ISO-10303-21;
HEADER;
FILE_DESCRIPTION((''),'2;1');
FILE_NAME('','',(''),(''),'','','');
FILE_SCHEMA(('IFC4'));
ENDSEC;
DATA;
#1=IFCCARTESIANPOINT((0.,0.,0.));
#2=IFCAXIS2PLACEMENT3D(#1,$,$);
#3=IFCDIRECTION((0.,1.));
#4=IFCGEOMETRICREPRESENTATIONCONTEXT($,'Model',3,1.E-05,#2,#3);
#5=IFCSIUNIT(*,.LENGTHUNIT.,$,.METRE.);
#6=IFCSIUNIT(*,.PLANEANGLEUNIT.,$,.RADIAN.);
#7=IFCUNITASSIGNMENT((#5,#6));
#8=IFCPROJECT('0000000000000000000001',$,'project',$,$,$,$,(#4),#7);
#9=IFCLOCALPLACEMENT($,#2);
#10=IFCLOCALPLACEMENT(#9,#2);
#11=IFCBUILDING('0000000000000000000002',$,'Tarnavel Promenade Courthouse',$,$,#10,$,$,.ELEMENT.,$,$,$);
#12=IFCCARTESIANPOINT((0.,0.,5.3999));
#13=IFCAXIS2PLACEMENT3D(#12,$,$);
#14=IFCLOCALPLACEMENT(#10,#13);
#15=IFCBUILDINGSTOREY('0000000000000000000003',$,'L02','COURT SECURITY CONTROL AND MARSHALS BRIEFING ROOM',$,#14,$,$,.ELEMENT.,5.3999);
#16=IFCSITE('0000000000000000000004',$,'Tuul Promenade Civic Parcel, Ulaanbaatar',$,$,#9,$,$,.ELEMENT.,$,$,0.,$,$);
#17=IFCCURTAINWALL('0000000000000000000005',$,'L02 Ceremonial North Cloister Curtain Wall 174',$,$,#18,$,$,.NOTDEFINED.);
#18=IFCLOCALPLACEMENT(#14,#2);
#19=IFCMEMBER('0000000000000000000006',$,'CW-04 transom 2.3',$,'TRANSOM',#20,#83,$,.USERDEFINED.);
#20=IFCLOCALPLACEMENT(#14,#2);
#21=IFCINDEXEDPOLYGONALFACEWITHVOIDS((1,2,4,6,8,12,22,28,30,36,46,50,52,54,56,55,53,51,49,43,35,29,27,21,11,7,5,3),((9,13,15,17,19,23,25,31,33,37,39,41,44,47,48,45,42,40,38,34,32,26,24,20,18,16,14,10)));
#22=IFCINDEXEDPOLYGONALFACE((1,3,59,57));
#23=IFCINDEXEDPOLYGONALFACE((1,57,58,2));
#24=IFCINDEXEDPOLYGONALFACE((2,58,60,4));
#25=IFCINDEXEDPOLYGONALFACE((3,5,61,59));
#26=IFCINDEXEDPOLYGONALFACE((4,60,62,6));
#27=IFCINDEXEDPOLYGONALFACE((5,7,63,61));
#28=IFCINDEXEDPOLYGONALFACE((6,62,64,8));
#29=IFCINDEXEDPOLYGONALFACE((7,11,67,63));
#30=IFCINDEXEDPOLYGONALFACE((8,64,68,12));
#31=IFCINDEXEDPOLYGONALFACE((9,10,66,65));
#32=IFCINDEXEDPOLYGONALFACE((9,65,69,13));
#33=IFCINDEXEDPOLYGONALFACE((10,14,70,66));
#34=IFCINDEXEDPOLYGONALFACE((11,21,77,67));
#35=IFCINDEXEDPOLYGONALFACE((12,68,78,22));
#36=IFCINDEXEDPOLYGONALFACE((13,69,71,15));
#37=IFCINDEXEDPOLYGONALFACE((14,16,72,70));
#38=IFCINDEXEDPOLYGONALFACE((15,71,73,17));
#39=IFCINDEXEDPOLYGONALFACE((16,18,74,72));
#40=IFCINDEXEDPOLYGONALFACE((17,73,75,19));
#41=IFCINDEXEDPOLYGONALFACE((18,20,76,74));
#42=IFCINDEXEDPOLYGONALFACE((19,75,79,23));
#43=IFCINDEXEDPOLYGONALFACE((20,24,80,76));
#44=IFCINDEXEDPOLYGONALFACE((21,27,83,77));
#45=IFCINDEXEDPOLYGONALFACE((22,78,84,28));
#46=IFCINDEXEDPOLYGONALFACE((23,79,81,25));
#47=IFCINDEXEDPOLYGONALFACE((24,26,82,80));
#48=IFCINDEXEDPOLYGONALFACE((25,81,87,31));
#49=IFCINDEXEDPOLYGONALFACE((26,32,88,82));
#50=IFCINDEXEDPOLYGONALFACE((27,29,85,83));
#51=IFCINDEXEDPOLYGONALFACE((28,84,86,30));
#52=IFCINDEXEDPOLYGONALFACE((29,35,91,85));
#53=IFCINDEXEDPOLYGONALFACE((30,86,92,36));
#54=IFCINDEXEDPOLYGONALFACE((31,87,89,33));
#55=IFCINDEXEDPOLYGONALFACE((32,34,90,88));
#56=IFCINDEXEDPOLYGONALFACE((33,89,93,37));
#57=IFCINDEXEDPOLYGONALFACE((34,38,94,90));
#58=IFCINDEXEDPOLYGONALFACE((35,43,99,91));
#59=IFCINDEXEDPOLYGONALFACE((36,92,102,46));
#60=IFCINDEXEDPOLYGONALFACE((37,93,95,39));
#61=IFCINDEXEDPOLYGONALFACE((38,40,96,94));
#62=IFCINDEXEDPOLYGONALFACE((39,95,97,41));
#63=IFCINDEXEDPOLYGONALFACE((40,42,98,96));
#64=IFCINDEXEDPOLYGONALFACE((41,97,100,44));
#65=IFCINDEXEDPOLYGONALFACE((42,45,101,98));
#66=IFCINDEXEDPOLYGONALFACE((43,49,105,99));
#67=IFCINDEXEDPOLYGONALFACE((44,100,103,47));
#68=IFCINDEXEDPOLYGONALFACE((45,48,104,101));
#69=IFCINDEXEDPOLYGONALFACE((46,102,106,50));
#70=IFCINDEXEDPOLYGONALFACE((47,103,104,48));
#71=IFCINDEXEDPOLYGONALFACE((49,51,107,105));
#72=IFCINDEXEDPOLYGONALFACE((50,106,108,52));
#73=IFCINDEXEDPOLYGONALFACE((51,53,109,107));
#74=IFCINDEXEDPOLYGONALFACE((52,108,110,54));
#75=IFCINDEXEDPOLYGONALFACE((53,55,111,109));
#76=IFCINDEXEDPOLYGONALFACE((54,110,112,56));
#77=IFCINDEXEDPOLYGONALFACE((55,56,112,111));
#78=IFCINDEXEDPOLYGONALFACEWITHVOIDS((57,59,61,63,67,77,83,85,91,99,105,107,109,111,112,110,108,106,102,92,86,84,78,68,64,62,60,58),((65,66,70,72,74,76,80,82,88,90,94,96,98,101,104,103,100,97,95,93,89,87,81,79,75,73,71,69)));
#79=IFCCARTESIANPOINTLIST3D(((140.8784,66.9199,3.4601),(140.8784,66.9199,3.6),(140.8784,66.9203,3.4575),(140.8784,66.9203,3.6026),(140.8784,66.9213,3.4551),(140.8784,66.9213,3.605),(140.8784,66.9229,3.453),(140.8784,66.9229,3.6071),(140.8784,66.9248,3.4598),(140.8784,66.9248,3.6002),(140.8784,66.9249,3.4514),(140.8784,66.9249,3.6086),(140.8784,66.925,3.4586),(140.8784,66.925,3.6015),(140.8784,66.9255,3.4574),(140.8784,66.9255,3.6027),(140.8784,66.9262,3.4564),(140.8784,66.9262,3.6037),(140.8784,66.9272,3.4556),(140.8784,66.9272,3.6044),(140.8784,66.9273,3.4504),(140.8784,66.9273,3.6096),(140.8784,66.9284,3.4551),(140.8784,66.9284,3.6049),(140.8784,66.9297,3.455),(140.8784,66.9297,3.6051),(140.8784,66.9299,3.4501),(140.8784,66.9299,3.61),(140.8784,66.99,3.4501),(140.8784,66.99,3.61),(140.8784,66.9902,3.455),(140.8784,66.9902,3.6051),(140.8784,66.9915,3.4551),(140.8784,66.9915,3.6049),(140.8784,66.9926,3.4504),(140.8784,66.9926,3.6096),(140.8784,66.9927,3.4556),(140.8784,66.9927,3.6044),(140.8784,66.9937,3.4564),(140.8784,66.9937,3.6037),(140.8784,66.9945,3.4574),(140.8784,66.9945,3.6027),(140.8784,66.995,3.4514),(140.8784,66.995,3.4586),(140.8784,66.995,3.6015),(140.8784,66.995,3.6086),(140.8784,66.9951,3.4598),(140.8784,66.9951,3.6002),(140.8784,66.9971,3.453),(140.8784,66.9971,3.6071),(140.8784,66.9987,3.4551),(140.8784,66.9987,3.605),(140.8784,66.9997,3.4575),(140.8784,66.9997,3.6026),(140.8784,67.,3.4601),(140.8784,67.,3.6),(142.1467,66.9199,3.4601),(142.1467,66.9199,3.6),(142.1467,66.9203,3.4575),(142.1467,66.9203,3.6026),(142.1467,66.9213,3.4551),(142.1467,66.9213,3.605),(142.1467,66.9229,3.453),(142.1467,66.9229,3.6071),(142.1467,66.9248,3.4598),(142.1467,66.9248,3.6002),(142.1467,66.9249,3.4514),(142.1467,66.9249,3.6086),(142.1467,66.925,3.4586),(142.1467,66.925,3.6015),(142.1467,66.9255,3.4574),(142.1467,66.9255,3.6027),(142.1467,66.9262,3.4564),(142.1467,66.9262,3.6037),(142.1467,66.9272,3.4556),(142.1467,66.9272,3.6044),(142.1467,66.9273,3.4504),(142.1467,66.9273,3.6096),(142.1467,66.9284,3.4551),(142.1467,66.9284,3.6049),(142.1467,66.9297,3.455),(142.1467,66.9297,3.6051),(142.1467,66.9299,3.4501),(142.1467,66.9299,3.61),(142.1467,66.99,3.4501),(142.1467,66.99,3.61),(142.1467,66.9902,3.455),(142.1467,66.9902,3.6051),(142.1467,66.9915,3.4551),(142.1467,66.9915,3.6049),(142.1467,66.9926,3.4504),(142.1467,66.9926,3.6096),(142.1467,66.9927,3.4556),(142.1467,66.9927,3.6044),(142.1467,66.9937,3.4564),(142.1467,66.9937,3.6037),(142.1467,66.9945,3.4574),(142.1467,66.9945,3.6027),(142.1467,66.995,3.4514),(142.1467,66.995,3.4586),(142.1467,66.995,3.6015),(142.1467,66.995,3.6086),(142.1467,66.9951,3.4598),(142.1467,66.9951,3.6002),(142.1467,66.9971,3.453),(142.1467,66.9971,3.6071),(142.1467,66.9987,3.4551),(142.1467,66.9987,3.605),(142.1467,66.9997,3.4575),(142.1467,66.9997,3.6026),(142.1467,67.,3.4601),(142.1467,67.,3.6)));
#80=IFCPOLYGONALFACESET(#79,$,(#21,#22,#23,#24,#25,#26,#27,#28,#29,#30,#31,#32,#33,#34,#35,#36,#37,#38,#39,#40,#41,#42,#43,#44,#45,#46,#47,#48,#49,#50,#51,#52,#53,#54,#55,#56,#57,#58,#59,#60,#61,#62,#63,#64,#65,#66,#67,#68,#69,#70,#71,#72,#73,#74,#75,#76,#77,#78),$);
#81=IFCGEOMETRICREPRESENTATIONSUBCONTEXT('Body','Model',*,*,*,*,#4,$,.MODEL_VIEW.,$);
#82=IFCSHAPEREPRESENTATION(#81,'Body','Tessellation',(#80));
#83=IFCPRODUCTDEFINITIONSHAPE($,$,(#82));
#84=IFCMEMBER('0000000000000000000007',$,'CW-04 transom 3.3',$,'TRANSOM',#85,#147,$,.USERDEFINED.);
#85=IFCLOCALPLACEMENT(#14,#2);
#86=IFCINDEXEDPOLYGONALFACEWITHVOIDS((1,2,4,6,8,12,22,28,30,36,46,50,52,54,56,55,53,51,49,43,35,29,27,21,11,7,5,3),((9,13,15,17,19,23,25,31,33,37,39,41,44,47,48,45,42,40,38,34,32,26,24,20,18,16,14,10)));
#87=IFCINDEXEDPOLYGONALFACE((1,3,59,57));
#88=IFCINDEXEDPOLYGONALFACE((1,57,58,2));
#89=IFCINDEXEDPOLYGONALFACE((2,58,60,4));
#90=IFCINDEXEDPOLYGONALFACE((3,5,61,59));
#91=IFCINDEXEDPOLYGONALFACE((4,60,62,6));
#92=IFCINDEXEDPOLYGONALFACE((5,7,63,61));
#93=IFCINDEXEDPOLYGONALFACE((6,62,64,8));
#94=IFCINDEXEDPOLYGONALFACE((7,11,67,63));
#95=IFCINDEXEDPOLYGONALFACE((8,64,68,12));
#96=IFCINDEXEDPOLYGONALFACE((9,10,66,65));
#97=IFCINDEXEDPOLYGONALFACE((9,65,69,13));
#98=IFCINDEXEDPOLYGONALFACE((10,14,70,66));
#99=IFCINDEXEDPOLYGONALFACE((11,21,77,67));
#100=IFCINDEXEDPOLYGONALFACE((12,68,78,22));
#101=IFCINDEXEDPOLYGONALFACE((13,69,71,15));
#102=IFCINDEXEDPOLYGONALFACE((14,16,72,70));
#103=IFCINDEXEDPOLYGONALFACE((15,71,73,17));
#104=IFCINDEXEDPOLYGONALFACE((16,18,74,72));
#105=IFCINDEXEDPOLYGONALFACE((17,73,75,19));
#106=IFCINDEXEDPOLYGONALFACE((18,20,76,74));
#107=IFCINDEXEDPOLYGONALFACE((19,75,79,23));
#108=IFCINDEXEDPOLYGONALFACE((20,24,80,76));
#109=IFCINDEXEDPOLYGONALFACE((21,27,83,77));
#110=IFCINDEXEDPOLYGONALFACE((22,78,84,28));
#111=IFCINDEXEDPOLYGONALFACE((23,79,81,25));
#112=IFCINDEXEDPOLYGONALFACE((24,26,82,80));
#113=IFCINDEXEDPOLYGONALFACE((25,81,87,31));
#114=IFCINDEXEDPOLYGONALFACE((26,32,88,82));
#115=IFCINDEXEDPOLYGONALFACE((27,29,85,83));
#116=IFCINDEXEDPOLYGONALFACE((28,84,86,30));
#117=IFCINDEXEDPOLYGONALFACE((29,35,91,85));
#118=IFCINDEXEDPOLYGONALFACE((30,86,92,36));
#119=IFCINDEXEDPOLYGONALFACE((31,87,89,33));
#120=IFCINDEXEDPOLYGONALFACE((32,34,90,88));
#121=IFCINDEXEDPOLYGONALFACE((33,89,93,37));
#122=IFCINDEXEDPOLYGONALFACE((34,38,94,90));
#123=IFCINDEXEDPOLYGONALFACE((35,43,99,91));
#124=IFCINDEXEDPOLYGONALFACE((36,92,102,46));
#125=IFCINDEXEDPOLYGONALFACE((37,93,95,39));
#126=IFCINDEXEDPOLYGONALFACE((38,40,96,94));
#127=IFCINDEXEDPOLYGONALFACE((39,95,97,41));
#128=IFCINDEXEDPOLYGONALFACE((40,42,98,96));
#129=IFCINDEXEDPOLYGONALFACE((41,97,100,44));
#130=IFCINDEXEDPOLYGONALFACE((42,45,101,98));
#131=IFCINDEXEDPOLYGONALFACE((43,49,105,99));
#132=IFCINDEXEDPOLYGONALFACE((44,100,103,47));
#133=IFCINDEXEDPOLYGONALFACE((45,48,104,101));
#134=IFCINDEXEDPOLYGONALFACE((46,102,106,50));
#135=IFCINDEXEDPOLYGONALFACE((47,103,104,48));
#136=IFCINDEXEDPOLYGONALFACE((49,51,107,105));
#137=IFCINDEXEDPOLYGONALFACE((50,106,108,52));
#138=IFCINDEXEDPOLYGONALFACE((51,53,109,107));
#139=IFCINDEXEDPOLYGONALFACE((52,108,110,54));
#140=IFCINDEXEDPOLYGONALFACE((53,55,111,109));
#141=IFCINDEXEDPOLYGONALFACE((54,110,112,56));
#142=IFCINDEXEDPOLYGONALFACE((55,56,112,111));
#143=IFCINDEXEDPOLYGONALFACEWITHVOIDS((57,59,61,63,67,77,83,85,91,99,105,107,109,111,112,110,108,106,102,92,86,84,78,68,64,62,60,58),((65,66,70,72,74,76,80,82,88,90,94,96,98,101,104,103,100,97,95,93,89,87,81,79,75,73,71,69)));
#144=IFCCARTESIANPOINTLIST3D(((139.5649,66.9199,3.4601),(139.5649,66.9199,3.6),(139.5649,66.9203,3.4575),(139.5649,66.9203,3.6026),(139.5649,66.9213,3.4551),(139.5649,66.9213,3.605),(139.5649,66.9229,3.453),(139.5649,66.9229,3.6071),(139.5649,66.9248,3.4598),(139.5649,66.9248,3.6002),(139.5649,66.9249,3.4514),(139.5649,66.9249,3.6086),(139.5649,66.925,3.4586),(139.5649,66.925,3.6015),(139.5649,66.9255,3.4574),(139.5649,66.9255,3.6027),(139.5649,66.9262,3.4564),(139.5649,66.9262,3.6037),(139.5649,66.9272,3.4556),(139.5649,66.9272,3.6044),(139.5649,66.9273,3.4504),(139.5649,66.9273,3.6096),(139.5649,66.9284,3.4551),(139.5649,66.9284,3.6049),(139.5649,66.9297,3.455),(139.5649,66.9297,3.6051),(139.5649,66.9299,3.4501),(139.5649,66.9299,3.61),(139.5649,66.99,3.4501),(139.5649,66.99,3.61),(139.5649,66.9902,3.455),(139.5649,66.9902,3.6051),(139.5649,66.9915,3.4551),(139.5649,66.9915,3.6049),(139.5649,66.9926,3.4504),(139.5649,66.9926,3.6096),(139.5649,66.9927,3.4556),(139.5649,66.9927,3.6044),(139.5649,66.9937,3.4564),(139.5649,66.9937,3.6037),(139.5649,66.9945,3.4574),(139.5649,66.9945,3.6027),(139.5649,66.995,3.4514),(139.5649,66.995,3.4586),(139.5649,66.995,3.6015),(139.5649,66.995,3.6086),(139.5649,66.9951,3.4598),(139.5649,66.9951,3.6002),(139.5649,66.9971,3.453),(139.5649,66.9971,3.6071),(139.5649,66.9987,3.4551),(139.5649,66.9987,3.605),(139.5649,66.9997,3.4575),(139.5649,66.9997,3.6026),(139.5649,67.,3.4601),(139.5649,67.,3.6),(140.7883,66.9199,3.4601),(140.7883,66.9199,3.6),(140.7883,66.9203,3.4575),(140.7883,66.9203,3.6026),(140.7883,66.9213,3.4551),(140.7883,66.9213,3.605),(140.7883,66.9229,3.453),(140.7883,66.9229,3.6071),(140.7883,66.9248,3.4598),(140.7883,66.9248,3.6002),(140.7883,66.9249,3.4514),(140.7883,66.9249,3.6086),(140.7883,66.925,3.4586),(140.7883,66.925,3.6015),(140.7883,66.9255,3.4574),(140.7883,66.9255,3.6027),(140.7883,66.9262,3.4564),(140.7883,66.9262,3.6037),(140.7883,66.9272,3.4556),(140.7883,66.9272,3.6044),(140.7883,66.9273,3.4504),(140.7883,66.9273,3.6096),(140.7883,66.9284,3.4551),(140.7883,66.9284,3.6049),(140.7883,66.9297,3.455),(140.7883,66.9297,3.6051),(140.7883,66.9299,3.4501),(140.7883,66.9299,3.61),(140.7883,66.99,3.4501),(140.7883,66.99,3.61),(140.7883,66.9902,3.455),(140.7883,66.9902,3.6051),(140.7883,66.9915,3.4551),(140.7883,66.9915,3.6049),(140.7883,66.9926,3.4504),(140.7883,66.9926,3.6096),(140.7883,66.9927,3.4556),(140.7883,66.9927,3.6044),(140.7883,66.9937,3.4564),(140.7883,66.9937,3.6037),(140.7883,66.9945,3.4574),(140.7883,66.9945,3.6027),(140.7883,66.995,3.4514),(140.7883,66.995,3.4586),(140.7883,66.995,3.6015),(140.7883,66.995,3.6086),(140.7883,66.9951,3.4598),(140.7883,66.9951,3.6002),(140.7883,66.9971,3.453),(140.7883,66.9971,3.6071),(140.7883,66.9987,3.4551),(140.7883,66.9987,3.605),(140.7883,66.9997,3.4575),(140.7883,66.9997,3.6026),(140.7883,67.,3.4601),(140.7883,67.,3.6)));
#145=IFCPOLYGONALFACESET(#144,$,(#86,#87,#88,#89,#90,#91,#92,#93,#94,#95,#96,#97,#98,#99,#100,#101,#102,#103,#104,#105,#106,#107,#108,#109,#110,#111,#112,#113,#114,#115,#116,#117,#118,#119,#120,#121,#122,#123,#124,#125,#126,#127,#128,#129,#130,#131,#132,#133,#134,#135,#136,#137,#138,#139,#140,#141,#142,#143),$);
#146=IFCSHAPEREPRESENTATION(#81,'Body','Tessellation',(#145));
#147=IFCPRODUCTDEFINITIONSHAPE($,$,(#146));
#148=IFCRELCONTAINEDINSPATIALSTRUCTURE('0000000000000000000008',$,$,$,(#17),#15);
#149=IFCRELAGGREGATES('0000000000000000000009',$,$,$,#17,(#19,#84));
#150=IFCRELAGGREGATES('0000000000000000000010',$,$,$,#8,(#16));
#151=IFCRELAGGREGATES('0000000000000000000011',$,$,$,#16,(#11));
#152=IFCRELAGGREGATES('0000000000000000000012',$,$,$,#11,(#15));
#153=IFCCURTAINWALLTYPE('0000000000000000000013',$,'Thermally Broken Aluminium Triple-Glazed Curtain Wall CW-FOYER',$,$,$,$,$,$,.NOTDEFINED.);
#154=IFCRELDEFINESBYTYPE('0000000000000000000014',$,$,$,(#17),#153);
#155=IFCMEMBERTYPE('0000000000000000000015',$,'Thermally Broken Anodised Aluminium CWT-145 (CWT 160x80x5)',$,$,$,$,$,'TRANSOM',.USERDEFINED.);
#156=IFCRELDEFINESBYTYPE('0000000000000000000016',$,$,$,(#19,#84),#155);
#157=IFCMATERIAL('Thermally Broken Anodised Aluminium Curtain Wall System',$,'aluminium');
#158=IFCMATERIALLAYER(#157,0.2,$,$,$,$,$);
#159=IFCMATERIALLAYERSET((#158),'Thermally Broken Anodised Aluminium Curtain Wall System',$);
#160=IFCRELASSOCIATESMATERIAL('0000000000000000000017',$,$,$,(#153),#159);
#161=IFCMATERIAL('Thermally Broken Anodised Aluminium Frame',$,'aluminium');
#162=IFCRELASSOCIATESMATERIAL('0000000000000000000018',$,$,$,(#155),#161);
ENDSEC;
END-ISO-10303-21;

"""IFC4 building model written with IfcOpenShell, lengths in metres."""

from ifc_helpers import new_model, si_unit, direction, frame, origin, origin_2d, place, context, subcontext, project, spatial, hollow_rectangle, extrude, material, layer, layer_set, material_profile, profile_set, type_object, element, aggregate, save


model = new_model("IFC4")

# Units and contexts
model_context = context("Model", 3, precision=1e-05, world=origin(), true_north=direction((0.0, 1.0)))
body_context = subcontext(model_context, "Body", "Model", "MODEL_VIEW")
ifc_project = project(units=[si_unit("LENGTHUNIT", "METRE"), si_unit("PLANEANGLEUNIT", "RADIAN")], contexts=[model_context])

# Site, building, storey
site_placement = place(None, origin())
site = spatial("IfcSite", under=ifc_project, at=site_placement, Name="Tuul Promenade Civic Parcel, Ulaanbaatar", CompositionType="ELEMENT", RefElevation=0.0)
building_placement = place(site_placement, origin())
building = spatial("IfcBuilding", under=site, at=building_placement, Name="Tarnavel Promenade Courthouse", CompositionType="ELEMENT")
storey_placement = place(building_placement, frame((0.0, 0.0, 5.3999)))
storey = spatial("IfcBuildingStorey", under=building, at=storey_placement, Name="L02", Description="COURT SECURITY CONTROL AND MARSHALS BRIEFING ROOM", CompositionType="ELEMENT", Elevation=5.3999)

# Curtain wall
ifc_material_1 = material(Name="Thermally Broken Anodised Aluminium Curtain Wall System", Category="aluminium")
ifc_layer_1 = layer(ifc_material_1, 0.2)
ifc_layer_set_1 = layer_set([ifc_layer_1], Name="Thermally Broken Anodised Aluminium Curtain Wall System")
curtain_wall_type = type_object("IfcCurtainWallType", Name="Thermally Broken Aluminium Triple-Glazed Curtain Wall CW-FOYER", PredefinedType="NOTDEFINED", material=ifc_layer_set_1)
curtain_wall_1_placement = place(storey_placement, origin())
curtain_wall_1 = element("IfcCurtainWall", 1, at=curtain_wall_1_placement, inside=storey, type_object=curtain_wall_type, Name="L02 Ceremonial North Cloister Curtain Wall 174", PredefinedType="NOTDEFINED")
ifc_material_2 = material(Name="Thermally Broken Anodised Aluminium Frame", Category="aluminium")

# Members
ifc_material_profile_1 = material_profile(ifc_material_2, hollow_rectangle(XDim=0.0801, YDim=0.1599, WallThickness=0.0049, InnerFilletRadius=0.0049, OuterFilletRadius=0.01, at=origin_2d()), Name="CWT 160x80x5")
ifc_profile_set_1 = profile_set([ifc_material_profile_1], Name="Thermally Broken Anodised Aluminium Frame")
member_type_1 = type_object("IfcMemberType", Name="Thermally Broken Anodised Aluminium CWT-145 (CWT 160x80x5)", ElementType="TRANSOM", PredefinedType="USERDEFINED", material=ifc_profile_set_1)
member_1_placement = place(storey_placement, frame((142.1467, 66.96, 3.53), z_axis=(-1.0, 0.0, 0.0), x_axis=(0.0, -1.0, 0.0)))
member_1 = element("IfcMember", 2, at=member_1_placement, type_object=member_type_1, Name="CW-04 transom 2.3", ObjectType="TRANSOM", PredefinedType="USERDEFINED", context=body_context, shape_type="SweptSolid", body=[
    extrude(hollow_rectangle(XDim=0.0801, YDim=0.1599, WallThickness=0.0049, InnerFilletRadius=0.0049, OuterFilletRadius=0.01, at=origin_2d()), origin(), (0.0, 0.0, 1.0), 1.2683),
])
member_2_placement = place(storey_placement, frame((140.7883, 66.96, 3.53), z_axis=(-1.0, 0.0, 0.0), x_axis=(0.0, -1.0, 0.0)))
member_2 = element("IfcMember", 3, at=member_2_placement, type_object=member_type_1, Name="CW-04 transom 3.3", ObjectType="TRANSOM", PredefinedType="USERDEFINED", context=body_context, shape_type="SweptSolid", body=[
    extrude(hollow_rectangle(XDim=0.0801, YDim=0.1599, WallThickness=0.0049, InnerFilletRadius=0.0049, OuterFilletRadius=0.01, at=origin_2d()), origin(), (0.0, 0.0, 1.0), 1.2234),
])

aggregate(curtain_wall_1, [member_1, member_2])

save(model, "model.ifc")
